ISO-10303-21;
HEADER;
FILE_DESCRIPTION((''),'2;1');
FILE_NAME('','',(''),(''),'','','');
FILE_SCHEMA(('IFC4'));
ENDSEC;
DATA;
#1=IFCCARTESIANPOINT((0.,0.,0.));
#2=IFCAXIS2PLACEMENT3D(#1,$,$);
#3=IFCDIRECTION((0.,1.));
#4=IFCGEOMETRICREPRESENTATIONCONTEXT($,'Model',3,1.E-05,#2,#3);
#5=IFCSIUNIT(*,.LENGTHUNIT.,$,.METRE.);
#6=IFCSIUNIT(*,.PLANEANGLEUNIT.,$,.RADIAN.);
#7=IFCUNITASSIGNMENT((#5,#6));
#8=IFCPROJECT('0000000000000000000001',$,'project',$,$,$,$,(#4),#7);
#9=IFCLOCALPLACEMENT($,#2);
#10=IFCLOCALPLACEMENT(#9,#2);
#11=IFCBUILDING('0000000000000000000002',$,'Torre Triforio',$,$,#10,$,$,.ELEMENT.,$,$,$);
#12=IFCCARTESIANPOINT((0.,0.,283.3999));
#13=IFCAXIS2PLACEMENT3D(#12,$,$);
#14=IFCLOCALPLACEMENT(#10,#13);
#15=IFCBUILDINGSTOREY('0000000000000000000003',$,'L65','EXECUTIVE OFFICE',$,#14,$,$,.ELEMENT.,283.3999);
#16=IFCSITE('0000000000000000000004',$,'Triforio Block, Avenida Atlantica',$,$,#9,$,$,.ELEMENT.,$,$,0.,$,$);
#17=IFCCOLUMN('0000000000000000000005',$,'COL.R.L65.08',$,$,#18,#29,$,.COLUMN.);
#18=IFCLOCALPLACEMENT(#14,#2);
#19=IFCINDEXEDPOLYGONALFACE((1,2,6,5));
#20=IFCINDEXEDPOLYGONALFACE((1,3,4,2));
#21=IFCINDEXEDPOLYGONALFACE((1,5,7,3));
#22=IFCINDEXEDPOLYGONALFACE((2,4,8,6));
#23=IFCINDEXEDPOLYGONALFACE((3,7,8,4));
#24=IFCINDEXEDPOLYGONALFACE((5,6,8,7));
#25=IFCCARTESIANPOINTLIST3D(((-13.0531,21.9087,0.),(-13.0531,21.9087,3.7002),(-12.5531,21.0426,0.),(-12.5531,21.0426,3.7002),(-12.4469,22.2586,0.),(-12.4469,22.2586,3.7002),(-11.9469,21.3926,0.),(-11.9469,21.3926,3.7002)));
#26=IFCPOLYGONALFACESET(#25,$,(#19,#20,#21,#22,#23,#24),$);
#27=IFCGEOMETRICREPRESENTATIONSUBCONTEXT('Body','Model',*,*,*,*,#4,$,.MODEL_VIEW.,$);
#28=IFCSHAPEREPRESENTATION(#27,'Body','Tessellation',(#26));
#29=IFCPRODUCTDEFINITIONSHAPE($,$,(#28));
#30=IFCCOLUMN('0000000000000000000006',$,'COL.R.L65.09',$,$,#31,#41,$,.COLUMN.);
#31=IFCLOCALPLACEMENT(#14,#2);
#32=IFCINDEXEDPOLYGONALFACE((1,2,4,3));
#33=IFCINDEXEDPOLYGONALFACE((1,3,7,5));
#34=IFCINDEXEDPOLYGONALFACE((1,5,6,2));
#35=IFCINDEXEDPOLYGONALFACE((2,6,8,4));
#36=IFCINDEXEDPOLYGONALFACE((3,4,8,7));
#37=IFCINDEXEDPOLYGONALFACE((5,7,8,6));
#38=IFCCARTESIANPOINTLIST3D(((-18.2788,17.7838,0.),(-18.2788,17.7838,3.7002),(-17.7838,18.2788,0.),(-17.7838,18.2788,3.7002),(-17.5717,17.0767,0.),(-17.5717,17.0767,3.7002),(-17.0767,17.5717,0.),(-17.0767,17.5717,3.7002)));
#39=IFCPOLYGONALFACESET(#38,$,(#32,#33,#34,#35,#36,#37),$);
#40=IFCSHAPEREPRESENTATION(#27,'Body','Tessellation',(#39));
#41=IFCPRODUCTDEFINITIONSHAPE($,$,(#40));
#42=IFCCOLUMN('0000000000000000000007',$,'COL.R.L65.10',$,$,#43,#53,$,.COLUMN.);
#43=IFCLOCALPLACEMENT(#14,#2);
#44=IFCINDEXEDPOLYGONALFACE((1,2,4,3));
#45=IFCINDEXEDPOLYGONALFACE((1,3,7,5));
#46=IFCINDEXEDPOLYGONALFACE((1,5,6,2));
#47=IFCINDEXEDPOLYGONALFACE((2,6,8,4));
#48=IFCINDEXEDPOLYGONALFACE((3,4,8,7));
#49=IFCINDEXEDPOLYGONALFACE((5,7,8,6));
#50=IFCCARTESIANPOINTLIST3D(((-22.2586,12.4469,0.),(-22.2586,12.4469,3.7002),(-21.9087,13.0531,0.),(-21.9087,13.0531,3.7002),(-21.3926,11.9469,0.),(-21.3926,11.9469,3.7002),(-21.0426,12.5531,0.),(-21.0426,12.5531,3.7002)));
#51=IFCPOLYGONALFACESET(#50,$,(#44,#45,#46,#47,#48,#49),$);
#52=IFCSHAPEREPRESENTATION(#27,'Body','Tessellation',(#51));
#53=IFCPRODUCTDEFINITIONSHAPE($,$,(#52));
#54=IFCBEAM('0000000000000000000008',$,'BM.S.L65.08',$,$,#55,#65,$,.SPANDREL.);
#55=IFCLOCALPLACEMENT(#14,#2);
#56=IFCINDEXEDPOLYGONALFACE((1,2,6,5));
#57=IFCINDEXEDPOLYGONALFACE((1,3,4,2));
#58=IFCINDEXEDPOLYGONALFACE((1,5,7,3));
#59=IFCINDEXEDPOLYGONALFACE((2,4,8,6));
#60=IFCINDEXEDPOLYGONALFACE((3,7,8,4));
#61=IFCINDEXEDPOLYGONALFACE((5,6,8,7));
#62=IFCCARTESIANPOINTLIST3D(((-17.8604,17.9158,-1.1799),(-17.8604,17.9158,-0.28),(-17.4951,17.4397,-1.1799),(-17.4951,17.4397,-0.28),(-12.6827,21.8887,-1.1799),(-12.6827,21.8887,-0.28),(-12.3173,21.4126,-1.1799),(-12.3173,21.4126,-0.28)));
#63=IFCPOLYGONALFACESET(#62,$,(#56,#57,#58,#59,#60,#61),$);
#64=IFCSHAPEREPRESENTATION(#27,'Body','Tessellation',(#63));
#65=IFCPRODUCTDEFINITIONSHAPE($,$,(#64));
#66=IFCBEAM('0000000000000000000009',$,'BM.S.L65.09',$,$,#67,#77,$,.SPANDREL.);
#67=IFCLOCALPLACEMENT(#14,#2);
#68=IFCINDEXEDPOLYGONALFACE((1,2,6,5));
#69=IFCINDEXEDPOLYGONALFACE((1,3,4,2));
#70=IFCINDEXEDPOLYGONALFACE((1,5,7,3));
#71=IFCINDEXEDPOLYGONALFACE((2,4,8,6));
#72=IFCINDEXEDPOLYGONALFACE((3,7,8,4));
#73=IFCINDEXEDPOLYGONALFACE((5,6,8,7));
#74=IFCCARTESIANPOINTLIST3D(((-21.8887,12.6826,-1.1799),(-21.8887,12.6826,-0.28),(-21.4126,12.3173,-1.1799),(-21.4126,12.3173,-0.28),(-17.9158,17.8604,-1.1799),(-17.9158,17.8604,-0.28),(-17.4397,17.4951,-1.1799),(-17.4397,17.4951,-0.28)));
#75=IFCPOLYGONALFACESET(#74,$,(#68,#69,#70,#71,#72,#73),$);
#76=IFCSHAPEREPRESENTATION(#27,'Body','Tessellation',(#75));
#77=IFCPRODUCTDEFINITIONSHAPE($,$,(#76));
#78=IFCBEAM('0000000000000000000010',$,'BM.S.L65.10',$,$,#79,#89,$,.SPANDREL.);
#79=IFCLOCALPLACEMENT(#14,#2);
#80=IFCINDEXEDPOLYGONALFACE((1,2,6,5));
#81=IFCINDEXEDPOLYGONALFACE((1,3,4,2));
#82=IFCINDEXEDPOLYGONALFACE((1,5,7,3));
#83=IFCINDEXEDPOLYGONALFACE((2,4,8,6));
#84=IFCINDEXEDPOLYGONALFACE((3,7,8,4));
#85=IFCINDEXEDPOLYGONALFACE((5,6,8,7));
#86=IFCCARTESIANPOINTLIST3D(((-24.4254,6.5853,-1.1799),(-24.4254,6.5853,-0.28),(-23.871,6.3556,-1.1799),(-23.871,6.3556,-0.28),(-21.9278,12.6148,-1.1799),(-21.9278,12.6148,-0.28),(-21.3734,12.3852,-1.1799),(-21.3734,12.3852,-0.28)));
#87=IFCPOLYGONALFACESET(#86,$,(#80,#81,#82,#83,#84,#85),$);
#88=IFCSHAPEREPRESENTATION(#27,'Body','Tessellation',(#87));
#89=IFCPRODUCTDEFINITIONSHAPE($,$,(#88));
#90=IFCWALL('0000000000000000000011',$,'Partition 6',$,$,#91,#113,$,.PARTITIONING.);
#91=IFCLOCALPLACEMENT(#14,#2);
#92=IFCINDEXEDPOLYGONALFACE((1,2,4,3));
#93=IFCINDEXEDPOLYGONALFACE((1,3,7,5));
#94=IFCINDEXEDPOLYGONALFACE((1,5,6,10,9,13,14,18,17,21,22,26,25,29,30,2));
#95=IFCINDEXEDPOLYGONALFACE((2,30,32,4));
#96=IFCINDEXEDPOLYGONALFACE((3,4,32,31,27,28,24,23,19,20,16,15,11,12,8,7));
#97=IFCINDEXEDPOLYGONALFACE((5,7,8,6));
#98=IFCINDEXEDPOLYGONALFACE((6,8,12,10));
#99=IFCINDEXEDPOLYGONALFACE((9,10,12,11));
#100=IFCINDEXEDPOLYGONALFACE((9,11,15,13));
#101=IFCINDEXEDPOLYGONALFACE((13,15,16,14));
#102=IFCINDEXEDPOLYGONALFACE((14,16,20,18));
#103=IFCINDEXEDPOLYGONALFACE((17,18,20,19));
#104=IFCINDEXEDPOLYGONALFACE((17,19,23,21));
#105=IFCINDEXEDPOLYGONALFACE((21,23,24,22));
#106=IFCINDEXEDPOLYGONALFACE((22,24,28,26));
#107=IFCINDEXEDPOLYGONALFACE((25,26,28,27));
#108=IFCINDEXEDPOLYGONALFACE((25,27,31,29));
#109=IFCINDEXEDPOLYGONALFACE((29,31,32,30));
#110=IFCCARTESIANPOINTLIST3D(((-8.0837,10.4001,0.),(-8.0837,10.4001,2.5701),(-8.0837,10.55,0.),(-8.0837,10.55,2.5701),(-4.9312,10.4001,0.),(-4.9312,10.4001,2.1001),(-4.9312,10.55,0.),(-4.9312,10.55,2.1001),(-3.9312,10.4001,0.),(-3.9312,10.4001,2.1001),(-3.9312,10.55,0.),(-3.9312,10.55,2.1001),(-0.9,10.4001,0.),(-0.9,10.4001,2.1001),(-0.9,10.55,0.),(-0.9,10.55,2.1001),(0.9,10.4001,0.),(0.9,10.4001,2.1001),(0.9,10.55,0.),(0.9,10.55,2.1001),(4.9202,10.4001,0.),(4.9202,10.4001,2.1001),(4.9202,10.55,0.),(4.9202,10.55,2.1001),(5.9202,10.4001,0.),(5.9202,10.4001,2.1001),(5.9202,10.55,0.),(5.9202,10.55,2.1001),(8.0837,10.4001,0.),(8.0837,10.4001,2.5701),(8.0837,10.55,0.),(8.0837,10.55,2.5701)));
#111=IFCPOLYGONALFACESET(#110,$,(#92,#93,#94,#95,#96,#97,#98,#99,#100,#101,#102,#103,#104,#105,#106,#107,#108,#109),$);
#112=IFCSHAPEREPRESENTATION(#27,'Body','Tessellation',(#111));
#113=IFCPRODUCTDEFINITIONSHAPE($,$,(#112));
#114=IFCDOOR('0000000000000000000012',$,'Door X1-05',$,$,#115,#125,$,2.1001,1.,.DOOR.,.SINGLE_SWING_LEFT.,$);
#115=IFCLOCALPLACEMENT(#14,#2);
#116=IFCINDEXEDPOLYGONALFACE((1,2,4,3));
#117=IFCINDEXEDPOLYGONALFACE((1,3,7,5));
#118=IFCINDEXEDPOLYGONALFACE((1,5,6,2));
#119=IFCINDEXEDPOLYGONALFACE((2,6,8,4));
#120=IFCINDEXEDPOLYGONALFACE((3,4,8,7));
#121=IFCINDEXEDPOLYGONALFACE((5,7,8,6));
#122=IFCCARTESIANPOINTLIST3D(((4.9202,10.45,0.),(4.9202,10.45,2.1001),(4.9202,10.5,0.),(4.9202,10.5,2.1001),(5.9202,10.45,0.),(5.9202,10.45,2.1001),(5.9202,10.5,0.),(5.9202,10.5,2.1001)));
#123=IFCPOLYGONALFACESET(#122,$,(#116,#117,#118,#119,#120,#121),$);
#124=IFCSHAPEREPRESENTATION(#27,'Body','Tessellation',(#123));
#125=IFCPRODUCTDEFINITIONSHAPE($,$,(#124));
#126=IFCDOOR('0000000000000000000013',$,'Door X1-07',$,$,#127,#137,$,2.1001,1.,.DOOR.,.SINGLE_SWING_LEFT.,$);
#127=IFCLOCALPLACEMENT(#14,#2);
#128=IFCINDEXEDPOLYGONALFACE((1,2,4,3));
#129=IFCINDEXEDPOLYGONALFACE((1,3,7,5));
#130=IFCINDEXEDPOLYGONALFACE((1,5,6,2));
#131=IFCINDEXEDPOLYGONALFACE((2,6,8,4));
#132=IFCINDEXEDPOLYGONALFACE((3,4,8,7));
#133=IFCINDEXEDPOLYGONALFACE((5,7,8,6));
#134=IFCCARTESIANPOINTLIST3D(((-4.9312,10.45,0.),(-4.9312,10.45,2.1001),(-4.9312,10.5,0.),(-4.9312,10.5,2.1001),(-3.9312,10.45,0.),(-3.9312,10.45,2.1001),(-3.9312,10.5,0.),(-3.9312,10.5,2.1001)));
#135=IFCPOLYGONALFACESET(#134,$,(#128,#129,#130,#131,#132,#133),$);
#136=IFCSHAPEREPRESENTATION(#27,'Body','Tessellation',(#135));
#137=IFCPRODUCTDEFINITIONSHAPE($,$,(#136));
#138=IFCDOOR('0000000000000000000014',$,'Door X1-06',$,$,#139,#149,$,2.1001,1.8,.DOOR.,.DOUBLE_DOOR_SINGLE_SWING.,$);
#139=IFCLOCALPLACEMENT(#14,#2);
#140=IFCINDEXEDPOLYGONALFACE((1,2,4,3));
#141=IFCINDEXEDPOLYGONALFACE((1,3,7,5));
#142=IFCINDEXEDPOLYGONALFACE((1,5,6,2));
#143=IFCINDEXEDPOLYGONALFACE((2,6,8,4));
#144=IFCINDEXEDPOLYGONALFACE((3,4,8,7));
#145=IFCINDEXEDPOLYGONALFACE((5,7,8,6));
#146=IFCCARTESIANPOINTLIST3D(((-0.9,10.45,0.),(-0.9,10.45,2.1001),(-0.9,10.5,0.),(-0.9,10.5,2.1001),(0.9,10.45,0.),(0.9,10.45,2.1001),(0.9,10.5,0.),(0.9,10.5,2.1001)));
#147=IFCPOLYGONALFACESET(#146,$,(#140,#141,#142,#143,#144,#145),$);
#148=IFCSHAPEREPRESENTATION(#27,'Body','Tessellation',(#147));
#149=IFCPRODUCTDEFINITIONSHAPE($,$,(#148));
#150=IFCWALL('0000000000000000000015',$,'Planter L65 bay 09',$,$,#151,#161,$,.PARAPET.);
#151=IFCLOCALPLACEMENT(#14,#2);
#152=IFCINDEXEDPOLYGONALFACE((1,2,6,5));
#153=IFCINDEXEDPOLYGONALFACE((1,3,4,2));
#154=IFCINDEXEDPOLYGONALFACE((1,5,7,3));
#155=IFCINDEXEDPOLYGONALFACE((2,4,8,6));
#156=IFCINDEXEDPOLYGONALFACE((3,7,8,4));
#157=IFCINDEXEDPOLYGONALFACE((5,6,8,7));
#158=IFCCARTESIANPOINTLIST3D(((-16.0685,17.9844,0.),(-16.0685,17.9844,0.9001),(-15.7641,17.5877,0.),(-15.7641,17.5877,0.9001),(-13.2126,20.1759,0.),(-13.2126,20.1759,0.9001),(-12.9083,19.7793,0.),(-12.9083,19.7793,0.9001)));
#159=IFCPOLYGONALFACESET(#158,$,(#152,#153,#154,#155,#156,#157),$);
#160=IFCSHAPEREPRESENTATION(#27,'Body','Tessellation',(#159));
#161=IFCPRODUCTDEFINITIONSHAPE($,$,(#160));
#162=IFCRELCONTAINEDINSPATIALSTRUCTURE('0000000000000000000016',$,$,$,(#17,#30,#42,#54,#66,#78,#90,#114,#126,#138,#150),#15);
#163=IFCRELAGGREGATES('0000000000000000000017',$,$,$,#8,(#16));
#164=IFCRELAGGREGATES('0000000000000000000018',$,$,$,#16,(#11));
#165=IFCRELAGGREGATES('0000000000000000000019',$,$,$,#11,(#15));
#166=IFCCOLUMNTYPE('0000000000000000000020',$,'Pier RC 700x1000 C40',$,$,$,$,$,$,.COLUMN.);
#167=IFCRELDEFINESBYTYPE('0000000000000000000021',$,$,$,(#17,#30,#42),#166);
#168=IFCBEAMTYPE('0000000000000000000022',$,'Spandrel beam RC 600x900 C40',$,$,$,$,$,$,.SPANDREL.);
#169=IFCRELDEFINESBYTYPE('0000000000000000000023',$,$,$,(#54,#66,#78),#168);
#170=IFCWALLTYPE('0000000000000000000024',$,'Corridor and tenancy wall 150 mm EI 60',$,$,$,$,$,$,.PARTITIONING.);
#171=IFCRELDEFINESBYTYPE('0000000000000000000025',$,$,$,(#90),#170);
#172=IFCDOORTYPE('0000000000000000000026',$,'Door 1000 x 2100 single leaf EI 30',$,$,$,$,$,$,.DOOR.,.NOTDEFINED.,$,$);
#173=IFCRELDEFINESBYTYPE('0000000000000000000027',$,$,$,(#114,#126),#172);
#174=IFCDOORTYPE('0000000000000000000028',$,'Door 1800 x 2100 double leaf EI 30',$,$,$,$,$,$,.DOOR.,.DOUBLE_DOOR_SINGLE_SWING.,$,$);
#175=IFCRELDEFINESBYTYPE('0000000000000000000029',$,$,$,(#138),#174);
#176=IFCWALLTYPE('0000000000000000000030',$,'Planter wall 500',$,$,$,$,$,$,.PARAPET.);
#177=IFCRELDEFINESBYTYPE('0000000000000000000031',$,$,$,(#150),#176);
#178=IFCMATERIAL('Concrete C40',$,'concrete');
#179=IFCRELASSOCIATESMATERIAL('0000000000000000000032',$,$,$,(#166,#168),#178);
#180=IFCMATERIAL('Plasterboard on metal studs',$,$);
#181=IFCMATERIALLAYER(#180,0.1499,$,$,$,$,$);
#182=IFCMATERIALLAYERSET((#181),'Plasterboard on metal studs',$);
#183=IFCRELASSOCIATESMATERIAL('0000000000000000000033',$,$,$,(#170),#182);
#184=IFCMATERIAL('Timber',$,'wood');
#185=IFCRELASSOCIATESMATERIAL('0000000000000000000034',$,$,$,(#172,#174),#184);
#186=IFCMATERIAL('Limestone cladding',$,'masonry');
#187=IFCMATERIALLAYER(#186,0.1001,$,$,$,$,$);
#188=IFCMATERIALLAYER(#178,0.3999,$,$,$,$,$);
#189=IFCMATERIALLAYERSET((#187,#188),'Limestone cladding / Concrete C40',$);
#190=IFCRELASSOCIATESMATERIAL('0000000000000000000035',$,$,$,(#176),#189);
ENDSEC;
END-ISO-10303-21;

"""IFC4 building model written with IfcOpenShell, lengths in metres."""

from ifc_helpers import new_model, si_unit, direction, frame, frame_2d, origin, origin_2d, place, context, subcontext, project, spatial, rectangle, extrude, material, layer, layer_set, material_profile, profile_set, type_object, element, fill, save


model = new_model("IFC4")

# Units and contexts
model_context = context("Model", 3, precision=1e-05, world=origin(), true_north=direction((0.0, 1.0)))
body_context = subcontext(model_context, "Body", "Model", "MODEL_VIEW")
ifc_project = project(units=[si_unit("LENGTHUNIT", "METRE"), si_unit("PLANEANGLEUNIT", "RADIAN")], contexts=[model_context])

# Site, building, storey
site_placement = place(None, origin())
site = spatial("IfcSite", under=ifc_project, at=site_placement, Name="Triforio Block, Avenida Atlantica", CompositionType="ELEMENT", RefElevation=0.0)
building_placement = place(site_placement, origin())
building = spatial("IfcBuilding", under=site, at=building_placement, Name="Torre Triforio", CompositionType="ELEMENT")
storey_placement = place(building_placement, frame((0.0, 0.0, 283.3999)))
storey = spatial("IfcBuildingStorey", under=building, at=storey_placement, Name="L65", Description="EXECUTIVE OFFICE", CompositionType="ELEMENT", Elevation=283.3999)

# Columns
ifc_material_1 = material(Name="Concrete C40", Category="concrete")
ifc_material_profile_1 = material_profile(ifc_material_1, rectangle(XDim=0.7, YDim=1.0, at=origin_2d()), Name="RC 700x1000")
ifc_profile_set_1 = profile_set([ifc_material_profile_1], Name="Concrete C40")
column_type = type_object("IfcColumnType", Name="Pier RC 700x1000 C40", PredefinedType="COLUMN", material=ifc_profile_set_1)
for number, where, z_axis, x_axis, name in (
    (1, (-12.5, 21.6506, 0.0), (0.0, 0.0, 1.0), (-0.866025, -0.5, 0.0), "COL.R.L65.08"),
    (2, (-17.6777, 17.6777, 0.0), (0.0, 0.0, 1.0), (-0.707107, -0.707107, 0.0), "COL.R.L65.09"),
    (3, (-21.6506, 12.5, 0.0), (0.0, 0.0, 1.0), (-0.5, -0.866025, 0.0), "COL.R.L65.10"),
):
    element("IfcColumn", number, at=place(storey_placement, frame(where, z_axis=z_axis, x_axis=x_axis)), inside=storey, type_object=column_type, Name=name, PredefinedType="COLUMN", context=body_context, shape_type="SweptSolid", body=[
        extrude(rectangle(XDim=0.7, YDim=1.0, at=origin_2d()), origin(), (0.0, 0.0, 1.0), 3.7002),
    ])

# Beams
ifc_material_profile_2 = material_profile(ifc_material_1, rectangle(XDim=0.6001, YDim=0.8999, at=origin_2d()), Name="RC 600x900")
ifc_profile_set_2 = profile_set([ifc_material_profile_2], Name="Concrete C40")
beam_type = type_object("IfcBeamType", Name="Spandrel beam RC 600x900 C40", PredefinedType="SPANDREL", material=ifc_profile_set_2)
for number, where, z_axis, x_axis, name in (
    (4, (-12.5, 21.6506, -0.73), (-0.793362, -0.60875, 0.0), (0.60875, -0.793362, 0.0), "BM.S.L65.08"),
    (5, (-17.6777, 17.6777, -0.73), (-0.60875, -0.793362, 0.0), (0.793362, -0.60875, 0.0), "BM.S.L65.09"),
    (6, (-21.6506, 12.5, -0.73), (-0.382689, -0.923877, 0.0), (0.923877, -0.382689, 0.0), "BM.S.L65.10"),
):
    element("IfcBeam", number, at=place(storey_placement, frame(where, z_axis=z_axis, x_axis=x_axis)), inside=storey, type_object=beam_type, Name=name, PredefinedType="SPANDREL", context=body_context, shape_type="SweptSolid", body=[
        extrude(rectangle(XDim=0.6001, YDim=0.8999, at=origin_2d()), origin(), (0.0, 0.0, 1.0), 6.5264),
    ])

# Wall, openings, doors
ifc_material_2 = material(Name="Plasterboard on metal studs")
ifc_layer_1 = layer(ifc_material_2, 0.1499)
ifc_layer_set_1 = layer_set([ifc_layer_1], Name="Plasterboard on metal studs")
wall_type_1 = type_object("IfcWallType", Name="Corridor and tenancy wall 150 mm EI 60", PredefinedType="PARTITIONING", material=ifc_layer_set_1)
wall_1_placement = place(storey_placement, frame((-8.0837, 10.4751, 0.0), z_axis=(0.0, 0.0, 1.0), x_axis=(1.0, 0.0, 0.0)))
wall_1 = element("IfcWall", 7, at=wall_1_placement, inside=storey, type_object=wall_type_1, Name="Partition 6", PredefinedType="PARTITIONING", context=body_context, shape_type="SweptSolid", body=[
    extrude(rectangle(XDim=16.1675, YDim=0.1499, at=frame_2d((8.0837, 0.0))), origin(), (0.0, 0.0, 1.0), 2.5701),
])
opening_1_placement = place(wall_1_placement, frame((13.0039, 0.0, 0.0)))
opening_1 = element("IfcOpeningElement", 8, at=opening_1_placement, cuts=wall_1, PredefinedType="OPENING", context=body_context, shape_type="SweptSolid", body=[
    extrude(rectangle(XDim=1.0, YDim=2.1001, at=frame_2d((0.5, 1.05))), frame((0.0, 0.085, 0.0), z_axis=(0.0, -1.0, 0.0), x_axis=(1.0, 0.0, 0.0)), (0.0, 0.0, 1.0), 0.1699),
])
opening_2_placement = place(wall_1_placement, frame((7.1838, 0.0, 0.0)))
opening_2 = element("IfcOpeningElement", 9, at=opening_2_placement, cuts=wall_1, PredefinedType="OPENING", context=body_context, shape_type="SweptSolid", body=[
    extrude(rectangle(XDim=1.8, YDim=2.1001, at=frame_2d((0.8999, 1.05))), frame((0.0, 0.085, 0.0), z_axis=(0.0, -1.0, 0.0), x_axis=(1.0, 0.0, 0.0)), (0.0, 0.0, 1.0), 0.1699),
])
opening_3_placement = place(wall_1_placement, frame((3.1526, 0.0, 0.0)))
opening_3 = element("IfcOpeningElement", 10, at=opening_3_placement, cuts=wall_1, PredefinedType="OPENING", context=body_context, shape_type="SweptSolid", body=[
    extrude(rectangle(XDim=1.0, YDim=2.1001, at=frame_2d((0.5, 1.05))), frame((0.0, 0.085, 0.0), z_axis=(0.0, -1.0, 0.0), x_axis=(1.0, 0.0, 0.0)), (0.0, 0.0, 1.0), 0.1699),
])
ifc_material_3 = material(Name="Timber", Category="wood")
door_type_1 = type_object("IfcDoorType", Name="Door 1000 x 2100 single leaf EI 30", OperationType="NOTDEFINED", PredefinedType="DOOR", material=ifc_material_3)
door_1_placement = place(opening_1_placement, origin())
door_1 = element("IfcDoor", 11, at=door_1_placement, inside=storey, type_object=door_type_1, Name="Door X1-05", OperationType="SINGLE_SWING_LEFT", OverallHeight=2.1001, OverallWidth=1.0, PredefinedType="DOOR", context=body_context, shape_type="SweptSolid", body=[
    extrude(rectangle(XDim=1.0, YDim=2.1001, at=frame_2d((0.5, 1.05))), frame((0.0, 0.0249, 0.0), z_axis=(0.0, -1.0, 0.0), x_axis=(1.0, 0.0, 0.0)), (0.0, 0.0, 1.0), 0.05),
])
fill(opening_1, door_1)
door_2_placement = place(opening_3_placement, origin())
door_2 = element("IfcDoor", 12, at=door_2_placement, inside=storey, type_object=door_type_1, Name="Door X1-07", OperationType="SINGLE_SWING_LEFT", OverallHeight=2.1001, OverallWidth=1.0, PredefinedType="DOOR", context=body_context, shape_type="SweptSolid", body=[
    extrude(rectangle(XDim=1.0, YDim=2.1001, at=frame_2d((0.5, 1.05))), frame((0.0, 0.0249, 0.0), z_axis=(0.0, -1.0, 0.0), x_axis=(1.0, 0.0, 0.0)), (0.0, 0.0, 1.0), 0.05),
])
fill(opening_3, door_2)
door_type_2 = type_object("IfcDoorType", Name="Door 1800 x 2100 double leaf EI 30", OperationType="DOUBLE_DOOR_SINGLE_SWING", PredefinedType="DOOR", material=ifc_material_3)
door_3_placement = place(opening_2_placement, origin())
door_3 = element("IfcDoor", 13, at=door_3_placement, inside=storey, type_object=door_type_2, Name="Door X1-06", OperationType="DOUBLE_DOOR_SINGLE_SWING", OverallHeight=2.1001, OverallWidth=1.8, PredefinedType="DOOR", context=body_context, shape_type="SweptSolid", body=[
    extrude(rectangle(XDim=1.8, YDim=2.1001, at=frame_2d((0.8999, 1.05))), frame((0.0, 0.0249, 0.0), z_axis=(0.0, -1.0, 0.0), x_axis=(1.0, 0.0, 0.0)), (0.0, 0.0, 1.0), 0.05),
])
fill(opening_2, door_3)

# Wall
ifc_material_4 = material(Name="Limestone cladding", Category="masonry")
ifc_layer_2 = layer(ifc_material_4, 0.1001)
ifc_layer_3 = layer(ifc_material_1, 0.3999)
ifc_layer_set_2 = layer_set([ifc_layer_2, ifc_layer_3], Name="Limestone cladding / Concrete C40")
wall_type_2 = type_object("IfcWallType", Name="Planter wall 500", PredefinedType="PARAPET", material=ifc_layer_set_2)
wall_2_placement = place(storey_placement, frame((-13.0605, 19.9775, 0.0), z_axis=(0.0, 0.0, 1.0), x_axis=(-0.793327, -0.608796, 0.0)))
element("IfcWall", 14, at=wall_2_placement, inside=storey, type_object=wall_type_2, Name="Planter L65 bay 09", PredefinedType="PARAPET", context=body_context, shape_type="SweptSolid", body=[
    extrude(rectangle(XDim=3.5999, YDim=0.5, at=frame_2d((1.7998, 0.0))), origin(), (0.0, 0.0, 1.0), 0.9001),
])

save(model, "model.ifc")
